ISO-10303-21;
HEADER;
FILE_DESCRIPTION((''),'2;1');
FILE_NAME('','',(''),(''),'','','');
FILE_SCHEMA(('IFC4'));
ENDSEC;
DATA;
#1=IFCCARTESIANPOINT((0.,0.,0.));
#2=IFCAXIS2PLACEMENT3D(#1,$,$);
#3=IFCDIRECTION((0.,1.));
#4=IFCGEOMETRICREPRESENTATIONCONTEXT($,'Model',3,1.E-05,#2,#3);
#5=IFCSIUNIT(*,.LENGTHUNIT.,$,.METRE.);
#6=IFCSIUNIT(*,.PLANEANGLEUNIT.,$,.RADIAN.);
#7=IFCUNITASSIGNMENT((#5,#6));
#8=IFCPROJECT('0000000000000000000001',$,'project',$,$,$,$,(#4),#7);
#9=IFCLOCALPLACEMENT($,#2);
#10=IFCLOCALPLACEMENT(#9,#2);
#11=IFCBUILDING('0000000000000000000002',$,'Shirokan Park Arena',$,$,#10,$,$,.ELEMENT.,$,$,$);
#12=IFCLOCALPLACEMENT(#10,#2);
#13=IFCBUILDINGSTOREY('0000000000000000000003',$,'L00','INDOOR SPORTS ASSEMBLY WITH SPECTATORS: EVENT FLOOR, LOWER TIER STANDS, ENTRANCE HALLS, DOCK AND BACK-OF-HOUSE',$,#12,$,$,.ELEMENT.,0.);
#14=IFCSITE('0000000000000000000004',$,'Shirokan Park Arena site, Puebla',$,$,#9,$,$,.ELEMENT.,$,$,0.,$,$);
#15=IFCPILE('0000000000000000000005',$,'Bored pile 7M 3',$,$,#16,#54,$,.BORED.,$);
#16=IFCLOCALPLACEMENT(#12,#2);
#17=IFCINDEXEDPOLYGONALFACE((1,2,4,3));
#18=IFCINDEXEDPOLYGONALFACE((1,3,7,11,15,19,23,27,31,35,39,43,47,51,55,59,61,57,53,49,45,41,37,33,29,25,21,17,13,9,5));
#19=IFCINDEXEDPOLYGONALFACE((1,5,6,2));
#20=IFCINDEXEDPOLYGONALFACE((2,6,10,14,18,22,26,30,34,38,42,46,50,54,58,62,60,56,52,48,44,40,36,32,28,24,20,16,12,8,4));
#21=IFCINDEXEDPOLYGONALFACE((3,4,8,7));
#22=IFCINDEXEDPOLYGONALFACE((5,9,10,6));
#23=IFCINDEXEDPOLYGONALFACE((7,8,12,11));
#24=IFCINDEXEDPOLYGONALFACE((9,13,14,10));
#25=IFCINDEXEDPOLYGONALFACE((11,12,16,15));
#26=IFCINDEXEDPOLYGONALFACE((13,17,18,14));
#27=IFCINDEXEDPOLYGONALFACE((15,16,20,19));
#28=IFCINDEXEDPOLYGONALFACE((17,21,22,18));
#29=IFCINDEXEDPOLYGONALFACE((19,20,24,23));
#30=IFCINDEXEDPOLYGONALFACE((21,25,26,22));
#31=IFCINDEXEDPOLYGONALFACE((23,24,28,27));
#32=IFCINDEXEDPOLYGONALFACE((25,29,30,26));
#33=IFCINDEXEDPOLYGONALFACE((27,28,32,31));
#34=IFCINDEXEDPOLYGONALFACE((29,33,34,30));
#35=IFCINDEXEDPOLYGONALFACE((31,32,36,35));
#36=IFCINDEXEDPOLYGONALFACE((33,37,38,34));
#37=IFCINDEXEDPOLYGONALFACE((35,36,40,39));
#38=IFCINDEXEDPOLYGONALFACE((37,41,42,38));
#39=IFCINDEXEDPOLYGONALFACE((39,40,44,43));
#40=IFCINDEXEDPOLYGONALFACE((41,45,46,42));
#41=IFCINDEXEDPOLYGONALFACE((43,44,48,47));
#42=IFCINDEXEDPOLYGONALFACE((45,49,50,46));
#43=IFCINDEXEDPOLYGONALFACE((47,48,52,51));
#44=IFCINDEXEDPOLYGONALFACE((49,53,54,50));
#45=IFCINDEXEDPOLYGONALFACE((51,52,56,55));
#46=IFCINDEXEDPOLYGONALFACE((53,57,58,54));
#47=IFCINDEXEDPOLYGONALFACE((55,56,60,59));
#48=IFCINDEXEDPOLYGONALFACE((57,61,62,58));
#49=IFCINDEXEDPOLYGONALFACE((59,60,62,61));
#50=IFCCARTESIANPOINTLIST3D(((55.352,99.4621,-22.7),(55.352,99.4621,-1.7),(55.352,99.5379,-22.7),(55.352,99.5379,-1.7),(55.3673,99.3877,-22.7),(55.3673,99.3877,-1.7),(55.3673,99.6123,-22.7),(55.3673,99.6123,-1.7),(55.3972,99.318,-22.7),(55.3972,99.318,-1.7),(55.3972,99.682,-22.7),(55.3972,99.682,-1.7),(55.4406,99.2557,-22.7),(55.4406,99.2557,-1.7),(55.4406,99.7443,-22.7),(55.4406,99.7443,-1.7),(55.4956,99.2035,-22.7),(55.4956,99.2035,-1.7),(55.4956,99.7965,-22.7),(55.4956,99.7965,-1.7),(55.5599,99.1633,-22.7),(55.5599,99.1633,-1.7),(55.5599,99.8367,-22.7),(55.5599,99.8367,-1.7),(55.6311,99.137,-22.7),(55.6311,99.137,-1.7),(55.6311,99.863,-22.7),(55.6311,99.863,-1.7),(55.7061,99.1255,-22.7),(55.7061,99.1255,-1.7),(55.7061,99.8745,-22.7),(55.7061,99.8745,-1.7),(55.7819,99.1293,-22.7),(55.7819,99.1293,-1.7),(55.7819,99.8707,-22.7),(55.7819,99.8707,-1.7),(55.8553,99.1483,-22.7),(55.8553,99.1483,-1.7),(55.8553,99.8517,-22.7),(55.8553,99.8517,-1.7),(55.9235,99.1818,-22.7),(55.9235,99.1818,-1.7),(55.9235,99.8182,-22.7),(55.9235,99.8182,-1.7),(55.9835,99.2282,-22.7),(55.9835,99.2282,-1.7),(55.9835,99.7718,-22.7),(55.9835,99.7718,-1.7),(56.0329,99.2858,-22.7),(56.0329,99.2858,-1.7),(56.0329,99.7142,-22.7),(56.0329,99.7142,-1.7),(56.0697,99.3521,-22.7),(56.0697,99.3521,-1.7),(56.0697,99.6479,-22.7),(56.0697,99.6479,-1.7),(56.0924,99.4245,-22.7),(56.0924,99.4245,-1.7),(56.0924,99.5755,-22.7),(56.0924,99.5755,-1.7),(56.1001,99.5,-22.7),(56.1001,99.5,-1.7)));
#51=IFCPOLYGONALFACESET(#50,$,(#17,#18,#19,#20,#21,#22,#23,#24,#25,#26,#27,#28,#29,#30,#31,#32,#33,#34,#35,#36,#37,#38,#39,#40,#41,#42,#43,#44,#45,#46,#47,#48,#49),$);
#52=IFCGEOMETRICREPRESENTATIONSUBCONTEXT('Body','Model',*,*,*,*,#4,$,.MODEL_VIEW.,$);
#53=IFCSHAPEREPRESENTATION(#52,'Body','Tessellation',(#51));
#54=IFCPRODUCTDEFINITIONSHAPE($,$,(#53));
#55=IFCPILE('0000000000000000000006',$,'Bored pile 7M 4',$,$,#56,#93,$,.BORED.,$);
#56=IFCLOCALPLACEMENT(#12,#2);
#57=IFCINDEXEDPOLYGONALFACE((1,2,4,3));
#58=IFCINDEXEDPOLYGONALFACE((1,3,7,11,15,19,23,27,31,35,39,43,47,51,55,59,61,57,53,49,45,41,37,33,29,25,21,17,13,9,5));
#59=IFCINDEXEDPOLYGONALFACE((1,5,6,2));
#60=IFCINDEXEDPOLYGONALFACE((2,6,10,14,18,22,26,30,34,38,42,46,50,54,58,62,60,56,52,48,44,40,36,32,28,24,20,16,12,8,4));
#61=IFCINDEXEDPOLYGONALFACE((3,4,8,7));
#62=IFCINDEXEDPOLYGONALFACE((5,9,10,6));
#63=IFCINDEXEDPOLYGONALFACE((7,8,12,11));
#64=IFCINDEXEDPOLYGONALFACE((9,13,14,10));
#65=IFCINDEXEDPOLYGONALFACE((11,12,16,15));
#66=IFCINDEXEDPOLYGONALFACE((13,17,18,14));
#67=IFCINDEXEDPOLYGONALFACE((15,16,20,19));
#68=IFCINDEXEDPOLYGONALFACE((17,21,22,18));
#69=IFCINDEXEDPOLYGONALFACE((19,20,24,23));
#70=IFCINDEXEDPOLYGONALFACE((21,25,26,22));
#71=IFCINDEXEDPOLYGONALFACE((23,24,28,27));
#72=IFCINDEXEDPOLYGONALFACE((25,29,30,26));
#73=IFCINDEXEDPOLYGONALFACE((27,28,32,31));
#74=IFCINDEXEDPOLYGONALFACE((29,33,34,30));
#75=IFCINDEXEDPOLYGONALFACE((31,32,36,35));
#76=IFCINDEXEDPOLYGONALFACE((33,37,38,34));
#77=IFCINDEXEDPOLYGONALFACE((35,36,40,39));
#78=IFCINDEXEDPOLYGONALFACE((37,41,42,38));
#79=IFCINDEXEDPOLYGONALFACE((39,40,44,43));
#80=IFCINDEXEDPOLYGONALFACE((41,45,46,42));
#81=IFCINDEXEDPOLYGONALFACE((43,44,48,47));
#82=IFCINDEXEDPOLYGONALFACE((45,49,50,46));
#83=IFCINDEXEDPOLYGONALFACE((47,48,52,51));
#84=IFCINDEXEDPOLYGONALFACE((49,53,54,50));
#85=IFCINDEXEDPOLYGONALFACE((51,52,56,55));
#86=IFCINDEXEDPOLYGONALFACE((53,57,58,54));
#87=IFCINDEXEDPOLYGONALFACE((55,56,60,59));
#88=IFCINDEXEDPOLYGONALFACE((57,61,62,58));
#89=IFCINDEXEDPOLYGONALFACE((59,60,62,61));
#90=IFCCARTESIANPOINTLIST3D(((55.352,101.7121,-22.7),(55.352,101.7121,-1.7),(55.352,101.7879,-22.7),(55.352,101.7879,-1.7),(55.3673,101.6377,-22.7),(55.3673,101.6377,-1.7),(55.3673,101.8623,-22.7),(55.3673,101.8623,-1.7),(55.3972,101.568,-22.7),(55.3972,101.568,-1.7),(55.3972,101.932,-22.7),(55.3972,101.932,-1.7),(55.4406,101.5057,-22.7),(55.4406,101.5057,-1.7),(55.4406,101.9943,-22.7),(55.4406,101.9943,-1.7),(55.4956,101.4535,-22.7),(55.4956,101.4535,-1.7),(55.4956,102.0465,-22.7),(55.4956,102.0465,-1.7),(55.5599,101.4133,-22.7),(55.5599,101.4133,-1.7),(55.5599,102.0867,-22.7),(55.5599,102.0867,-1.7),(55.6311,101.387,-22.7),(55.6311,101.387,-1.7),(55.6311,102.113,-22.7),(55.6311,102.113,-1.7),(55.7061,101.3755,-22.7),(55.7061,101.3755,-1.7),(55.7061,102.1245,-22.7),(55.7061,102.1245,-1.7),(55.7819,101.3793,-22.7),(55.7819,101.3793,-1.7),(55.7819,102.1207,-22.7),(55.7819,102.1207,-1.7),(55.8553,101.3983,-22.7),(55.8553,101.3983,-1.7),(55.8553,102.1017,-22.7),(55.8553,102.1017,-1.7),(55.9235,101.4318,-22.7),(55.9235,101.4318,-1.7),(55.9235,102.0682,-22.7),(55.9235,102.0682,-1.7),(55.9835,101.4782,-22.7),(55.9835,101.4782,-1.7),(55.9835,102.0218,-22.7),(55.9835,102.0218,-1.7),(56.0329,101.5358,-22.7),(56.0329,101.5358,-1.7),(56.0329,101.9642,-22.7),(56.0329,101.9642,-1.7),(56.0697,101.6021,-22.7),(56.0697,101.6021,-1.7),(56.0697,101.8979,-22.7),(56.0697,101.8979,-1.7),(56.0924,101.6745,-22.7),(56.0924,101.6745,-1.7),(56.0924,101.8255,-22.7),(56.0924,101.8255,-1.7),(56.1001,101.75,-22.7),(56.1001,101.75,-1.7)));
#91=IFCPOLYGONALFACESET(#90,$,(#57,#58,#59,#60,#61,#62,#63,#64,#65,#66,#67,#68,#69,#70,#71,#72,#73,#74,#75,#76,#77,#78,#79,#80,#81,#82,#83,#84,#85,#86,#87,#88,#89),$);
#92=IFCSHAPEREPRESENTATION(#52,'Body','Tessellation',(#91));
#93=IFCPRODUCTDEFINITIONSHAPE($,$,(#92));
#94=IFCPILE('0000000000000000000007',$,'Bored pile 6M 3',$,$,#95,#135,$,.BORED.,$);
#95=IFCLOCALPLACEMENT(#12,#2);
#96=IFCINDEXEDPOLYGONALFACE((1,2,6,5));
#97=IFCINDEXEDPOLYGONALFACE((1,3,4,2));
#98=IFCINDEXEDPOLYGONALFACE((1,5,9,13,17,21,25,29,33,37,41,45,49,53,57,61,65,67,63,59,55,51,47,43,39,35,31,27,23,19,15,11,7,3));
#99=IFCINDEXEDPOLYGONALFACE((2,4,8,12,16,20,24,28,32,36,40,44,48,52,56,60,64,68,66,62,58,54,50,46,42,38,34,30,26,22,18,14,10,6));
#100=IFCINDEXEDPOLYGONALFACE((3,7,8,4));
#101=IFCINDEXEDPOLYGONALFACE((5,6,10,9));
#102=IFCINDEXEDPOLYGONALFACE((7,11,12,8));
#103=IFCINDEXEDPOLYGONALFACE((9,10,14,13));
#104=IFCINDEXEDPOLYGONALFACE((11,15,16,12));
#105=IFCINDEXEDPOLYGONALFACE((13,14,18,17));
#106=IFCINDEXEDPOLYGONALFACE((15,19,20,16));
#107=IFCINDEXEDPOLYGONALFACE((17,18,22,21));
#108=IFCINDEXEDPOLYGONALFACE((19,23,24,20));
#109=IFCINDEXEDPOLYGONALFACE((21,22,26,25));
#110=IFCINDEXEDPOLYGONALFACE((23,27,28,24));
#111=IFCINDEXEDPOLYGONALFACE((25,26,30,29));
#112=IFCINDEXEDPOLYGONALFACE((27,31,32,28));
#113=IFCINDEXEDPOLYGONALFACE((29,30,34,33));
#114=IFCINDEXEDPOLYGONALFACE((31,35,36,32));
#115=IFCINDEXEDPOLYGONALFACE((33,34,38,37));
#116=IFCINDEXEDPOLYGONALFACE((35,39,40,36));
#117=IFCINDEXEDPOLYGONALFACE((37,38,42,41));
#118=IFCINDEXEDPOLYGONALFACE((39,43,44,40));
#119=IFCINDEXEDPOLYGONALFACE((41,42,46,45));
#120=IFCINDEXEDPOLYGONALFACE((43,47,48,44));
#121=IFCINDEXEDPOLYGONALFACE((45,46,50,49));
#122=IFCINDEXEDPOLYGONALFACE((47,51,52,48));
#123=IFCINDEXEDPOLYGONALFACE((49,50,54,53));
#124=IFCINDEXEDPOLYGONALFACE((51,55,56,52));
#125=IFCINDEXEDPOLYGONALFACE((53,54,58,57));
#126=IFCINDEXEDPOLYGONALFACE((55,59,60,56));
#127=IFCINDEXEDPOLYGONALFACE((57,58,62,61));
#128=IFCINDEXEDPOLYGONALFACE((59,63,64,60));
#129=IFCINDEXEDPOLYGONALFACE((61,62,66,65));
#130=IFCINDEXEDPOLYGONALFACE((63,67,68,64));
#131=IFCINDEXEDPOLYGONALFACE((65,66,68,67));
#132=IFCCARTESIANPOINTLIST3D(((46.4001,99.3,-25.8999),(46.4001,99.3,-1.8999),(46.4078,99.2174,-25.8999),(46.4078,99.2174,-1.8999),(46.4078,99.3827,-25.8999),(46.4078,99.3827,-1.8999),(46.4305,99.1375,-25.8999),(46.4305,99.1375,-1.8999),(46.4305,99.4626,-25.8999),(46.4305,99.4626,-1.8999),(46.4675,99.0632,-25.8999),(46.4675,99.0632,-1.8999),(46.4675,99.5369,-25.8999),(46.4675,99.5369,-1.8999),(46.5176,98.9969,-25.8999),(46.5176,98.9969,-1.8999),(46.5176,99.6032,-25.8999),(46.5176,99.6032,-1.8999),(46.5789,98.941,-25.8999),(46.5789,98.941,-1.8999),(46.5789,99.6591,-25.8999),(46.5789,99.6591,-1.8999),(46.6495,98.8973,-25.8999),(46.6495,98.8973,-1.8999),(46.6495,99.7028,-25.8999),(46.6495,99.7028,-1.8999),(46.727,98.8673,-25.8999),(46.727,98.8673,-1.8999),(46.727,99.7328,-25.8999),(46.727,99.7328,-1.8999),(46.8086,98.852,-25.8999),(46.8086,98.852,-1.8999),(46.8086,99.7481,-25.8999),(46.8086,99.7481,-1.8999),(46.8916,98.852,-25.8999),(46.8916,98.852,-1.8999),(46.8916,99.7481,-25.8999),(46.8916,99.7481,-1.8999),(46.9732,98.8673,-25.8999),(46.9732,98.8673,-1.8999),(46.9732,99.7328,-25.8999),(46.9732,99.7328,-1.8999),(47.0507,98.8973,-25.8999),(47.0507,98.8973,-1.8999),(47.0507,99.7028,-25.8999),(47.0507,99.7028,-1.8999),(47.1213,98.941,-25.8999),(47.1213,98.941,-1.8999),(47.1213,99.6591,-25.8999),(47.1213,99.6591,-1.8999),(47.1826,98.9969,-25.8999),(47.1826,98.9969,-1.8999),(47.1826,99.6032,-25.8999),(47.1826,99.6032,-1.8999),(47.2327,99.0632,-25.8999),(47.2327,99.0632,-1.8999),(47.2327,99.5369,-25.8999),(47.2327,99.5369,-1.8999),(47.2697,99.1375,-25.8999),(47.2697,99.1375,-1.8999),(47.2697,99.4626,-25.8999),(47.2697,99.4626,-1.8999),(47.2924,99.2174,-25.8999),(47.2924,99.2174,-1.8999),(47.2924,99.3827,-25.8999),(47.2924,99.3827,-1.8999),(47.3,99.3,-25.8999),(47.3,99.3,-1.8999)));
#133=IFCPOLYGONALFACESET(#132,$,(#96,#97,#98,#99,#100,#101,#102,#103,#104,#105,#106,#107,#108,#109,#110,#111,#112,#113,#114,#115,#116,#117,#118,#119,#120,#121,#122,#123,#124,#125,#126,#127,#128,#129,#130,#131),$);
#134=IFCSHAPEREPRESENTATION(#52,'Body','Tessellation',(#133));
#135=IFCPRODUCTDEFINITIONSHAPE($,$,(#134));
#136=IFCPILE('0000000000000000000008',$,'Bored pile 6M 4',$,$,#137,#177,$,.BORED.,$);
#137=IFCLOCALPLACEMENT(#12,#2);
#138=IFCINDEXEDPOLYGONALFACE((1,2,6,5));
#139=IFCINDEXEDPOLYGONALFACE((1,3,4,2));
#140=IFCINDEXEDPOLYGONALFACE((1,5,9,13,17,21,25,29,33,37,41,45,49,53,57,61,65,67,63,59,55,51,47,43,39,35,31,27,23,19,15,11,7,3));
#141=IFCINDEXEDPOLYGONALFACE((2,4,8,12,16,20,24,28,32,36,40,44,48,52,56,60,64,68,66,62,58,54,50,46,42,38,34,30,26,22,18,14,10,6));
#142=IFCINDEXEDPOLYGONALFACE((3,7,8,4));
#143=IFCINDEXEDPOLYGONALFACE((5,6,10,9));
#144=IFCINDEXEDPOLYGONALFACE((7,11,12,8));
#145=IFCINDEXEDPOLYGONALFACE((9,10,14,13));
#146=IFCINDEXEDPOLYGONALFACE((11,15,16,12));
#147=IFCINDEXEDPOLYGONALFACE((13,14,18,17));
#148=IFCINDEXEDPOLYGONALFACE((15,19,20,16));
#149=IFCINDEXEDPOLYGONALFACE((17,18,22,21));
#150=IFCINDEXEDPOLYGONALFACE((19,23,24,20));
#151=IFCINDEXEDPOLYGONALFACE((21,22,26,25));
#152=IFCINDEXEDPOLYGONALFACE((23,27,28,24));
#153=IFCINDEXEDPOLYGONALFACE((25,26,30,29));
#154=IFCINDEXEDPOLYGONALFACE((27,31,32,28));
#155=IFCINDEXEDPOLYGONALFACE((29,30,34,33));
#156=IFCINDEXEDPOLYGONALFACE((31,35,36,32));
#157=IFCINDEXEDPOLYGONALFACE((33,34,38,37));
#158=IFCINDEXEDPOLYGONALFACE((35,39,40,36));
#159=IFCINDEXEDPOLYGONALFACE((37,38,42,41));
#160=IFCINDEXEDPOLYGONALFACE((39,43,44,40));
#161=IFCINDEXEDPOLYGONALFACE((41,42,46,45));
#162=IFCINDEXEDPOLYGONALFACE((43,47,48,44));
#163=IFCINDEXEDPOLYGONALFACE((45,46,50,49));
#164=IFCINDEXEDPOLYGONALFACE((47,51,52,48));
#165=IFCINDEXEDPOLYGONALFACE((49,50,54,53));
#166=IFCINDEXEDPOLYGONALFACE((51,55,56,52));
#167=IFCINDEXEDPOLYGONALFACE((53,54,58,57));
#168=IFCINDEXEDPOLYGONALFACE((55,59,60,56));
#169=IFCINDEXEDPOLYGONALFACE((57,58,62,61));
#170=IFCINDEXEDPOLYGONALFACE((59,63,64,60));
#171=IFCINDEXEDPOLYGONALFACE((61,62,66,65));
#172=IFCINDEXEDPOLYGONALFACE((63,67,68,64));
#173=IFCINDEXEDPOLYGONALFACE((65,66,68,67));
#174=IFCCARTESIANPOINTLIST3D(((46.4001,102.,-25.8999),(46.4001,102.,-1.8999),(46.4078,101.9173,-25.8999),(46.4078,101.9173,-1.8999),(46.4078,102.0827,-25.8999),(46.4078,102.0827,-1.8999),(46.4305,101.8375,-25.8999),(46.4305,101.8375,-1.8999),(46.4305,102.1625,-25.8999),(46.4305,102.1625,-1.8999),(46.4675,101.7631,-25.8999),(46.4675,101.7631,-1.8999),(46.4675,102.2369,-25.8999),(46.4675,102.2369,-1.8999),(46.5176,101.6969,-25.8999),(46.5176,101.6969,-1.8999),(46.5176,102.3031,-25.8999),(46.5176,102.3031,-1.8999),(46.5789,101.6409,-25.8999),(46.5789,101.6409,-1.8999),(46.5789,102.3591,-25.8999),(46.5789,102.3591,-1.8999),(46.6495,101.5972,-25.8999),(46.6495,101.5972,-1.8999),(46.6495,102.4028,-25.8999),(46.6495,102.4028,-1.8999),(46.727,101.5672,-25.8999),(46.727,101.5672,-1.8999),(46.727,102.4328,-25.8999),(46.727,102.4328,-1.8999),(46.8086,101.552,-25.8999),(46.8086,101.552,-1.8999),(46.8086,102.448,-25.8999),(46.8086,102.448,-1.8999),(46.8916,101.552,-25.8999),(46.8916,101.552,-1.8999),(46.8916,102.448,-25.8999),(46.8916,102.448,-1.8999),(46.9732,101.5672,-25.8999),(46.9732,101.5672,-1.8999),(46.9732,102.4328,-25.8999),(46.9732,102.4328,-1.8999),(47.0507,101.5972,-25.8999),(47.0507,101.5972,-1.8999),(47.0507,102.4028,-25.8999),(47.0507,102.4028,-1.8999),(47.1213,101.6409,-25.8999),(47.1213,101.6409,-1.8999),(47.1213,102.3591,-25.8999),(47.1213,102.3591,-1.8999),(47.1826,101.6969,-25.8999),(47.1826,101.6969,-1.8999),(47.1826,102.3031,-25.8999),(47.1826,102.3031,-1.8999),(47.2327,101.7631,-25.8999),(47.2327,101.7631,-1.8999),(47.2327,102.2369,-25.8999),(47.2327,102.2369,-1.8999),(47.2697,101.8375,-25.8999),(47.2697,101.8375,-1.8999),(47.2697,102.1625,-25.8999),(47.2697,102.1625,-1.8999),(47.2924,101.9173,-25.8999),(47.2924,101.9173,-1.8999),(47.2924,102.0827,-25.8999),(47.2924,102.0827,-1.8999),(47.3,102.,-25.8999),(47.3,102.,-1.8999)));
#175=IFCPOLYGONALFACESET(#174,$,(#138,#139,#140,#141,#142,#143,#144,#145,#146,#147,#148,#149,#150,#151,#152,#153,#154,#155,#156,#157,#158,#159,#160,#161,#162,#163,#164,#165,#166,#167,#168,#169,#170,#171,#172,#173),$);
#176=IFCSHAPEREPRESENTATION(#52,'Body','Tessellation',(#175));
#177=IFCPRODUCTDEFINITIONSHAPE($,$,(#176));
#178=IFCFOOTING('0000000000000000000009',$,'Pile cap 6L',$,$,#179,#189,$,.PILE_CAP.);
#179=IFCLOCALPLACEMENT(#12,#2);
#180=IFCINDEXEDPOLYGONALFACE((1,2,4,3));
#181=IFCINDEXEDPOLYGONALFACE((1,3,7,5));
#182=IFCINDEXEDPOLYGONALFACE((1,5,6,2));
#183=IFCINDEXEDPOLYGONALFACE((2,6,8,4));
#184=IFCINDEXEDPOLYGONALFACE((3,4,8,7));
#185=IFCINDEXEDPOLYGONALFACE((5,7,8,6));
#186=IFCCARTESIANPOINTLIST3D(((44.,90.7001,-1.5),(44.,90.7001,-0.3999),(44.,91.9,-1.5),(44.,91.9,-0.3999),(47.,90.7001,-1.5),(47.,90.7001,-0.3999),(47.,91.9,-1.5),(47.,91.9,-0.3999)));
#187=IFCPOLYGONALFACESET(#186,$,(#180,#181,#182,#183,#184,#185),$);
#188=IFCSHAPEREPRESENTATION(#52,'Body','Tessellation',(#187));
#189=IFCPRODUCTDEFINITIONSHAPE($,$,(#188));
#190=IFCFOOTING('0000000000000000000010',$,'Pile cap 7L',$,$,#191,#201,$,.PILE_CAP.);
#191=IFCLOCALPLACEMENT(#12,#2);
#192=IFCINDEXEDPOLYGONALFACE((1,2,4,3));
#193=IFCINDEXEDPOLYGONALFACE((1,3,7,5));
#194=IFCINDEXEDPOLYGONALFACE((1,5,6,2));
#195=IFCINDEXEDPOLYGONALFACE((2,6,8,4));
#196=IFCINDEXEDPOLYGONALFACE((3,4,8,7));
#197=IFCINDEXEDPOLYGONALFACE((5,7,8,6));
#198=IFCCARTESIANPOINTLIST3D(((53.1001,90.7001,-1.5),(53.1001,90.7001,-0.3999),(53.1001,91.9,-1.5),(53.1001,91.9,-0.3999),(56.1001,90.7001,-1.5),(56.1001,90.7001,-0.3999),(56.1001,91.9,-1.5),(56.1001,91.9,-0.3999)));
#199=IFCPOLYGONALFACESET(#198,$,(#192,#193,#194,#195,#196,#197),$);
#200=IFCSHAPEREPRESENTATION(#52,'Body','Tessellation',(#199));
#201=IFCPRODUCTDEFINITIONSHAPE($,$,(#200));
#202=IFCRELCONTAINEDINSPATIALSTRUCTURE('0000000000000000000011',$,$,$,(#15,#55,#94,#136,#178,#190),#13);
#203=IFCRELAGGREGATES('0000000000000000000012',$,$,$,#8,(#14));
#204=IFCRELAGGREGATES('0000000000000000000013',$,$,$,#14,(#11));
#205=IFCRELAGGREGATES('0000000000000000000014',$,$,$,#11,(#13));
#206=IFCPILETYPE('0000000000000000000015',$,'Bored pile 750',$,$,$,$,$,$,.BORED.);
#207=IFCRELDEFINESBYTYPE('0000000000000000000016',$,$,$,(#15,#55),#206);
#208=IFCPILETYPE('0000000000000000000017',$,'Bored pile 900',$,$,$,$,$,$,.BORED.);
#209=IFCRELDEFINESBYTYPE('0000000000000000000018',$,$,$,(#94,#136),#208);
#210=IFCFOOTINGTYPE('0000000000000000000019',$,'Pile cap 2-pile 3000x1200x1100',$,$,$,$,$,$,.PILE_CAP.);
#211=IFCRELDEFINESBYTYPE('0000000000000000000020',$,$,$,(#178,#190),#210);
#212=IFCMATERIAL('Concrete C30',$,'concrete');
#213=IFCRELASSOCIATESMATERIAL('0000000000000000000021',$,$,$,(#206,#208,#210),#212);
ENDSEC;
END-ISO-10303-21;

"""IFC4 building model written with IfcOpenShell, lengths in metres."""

from ifc_helpers import new_model, si_unit, direction, frame, origin, origin_2d, place, context, subcontext, project, spatial, rectangle, circle, extrude, material, material_profile, profile_set, type_object, element, save


model = new_model("IFC4")

# Units and contexts
model_context = context("Model", 3, precision=1e-05, world=origin(), true_north=direction((0.0, 1.0)))
body_context = subcontext(model_context, "Body", "Model", "MODEL_VIEW")
ifc_project = project(units=[si_unit("LENGTHUNIT", "METRE"), si_unit("PLANEANGLEUNIT", "RADIAN")], contexts=[model_context])

# Site, building, storey
site_placement = place(None, origin())
site = spatial("IfcSite", under=ifc_project, at=site_placement, Name="Shirokan Park Arena site, Puebla", CompositionType="ELEMENT", RefElevation=0.0)
building_placement = place(site_placement, origin())
building = spatial("IfcBuilding", under=site, at=building_placement, Name="Shirokan Park Arena", CompositionType="ELEMENT")
storey_placement = place(building_placement, origin())
storey = spatial("IfcBuildingStorey", under=building, at=storey_placement, Name="L00", Description="INDOOR SPORTS ASSEMBLY WITH SPECTATORS: EVENT FLOOR, LOWER TIER STANDS, ENTRANCE HALLS, DOCK AND BACK-OF-HOUSE", CompositionType="ELEMENT", Elevation=0.0)

# Piles
ifc_material_1 = material(Name="Concrete C30", Category="concrete")
ifc_material_profile_1 = material_profile(ifc_material_1, circle(Radius=0.375, at=origin_2d()), Name="D750")
ifc_profile_set_1 = profile_set([ifc_material_profile_1], Name="Concrete C30")
pile_type_1 = type_object("IfcPileType", Name="Bored pile 750", PredefinedType="BORED", material=ifc_profile_set_1)
for number, where, z_axis, x_axis, name in (
    (1, (55.7251, 99.5, -1.7), (0.0, 0.0, -1.0), (1.0, 0.0, 0.0), "Bored pile 7M 3"),
    (2, (55.7251, 101.75, -1.7), (0.0, 0.0, -1.0), (1.0, 0.0, 0.0), "Bored pile 7M 4"),
):
    element("IfcPile", number, at=place(storey_placement, frame(where, z_axis=z_axis, x_axis=x_axis)), inside=storey, type_object=pile_type_1, Name=name, PredefinedType="BORED", context=body_context, shape_type="SweptSolid", body=[
        extrude(circle(Radius=0.375, at=origin_2d()), origin(), (0.0, 0.0, 1.0), 21.0),
    ])
ifc_material_profile_2 = material_profile(ifc_material_1, circle(Radius=0.45, at=origin_2d()), Name="D900")
ifc_profile_set_2 = profile_set([ifc_material_profile_2], Name="Concrete C30")
pile_type_2 = type_object("IfcPileType", Name="Bored pile 900", PredefinedType="BORED", material=ifc_profile_set_2)
for number, where, z_axis, x_axis, name in (
    (3, (46.8501, 99.3, -1.8999), (0.0, 0.0, -1.0), (1.0, 0.0, 0.0), "Bored pile 6M 3"),
    (4, (46.8501, 102.0, -1.8999), (0.0, 0.0, -1.0), (1.0, 0.0, 0.0), "Bored pile 6M 4"),
):
    element("IfcPile", number, at=place(storey_placement, frame(where, z_axis=z_axis, x_axis=x_axis)), inside=storey, type_object=pile_type_2, Name=name, PredefinedType="BORED", context=body_context, shape_type="SweptSolid", body=[
        extrude(circle(Radius=0.45, at=origin_2d()), origin(), (0.0, 0.0, 1.0), 24.0),
    ])

# Footings
footing_type_1 = type_object("IfcFootingType", Name="Pile cap 2-pile 3000x1200x1100", PredefinedType="PILE_CAP", material=ifc_material_1)
for number, where, z_axis, x_axis, name in (
    (5, (45.5, 91.3, -1.5), (0.0, 0.0, 1.0), (1.0, 0.0, 0.0), "Pile cap 6L"),
    (6, (54.6001, 91.3, -1.5), (0.0, 0.0, 1.0), (1.0, 0.0, 0.0), "Pile cap 7L"),
):
    element("IfcFooting", number, at=place(storey_placement, frame(where, z_axis=z_axis, x_axis=x_axis)), inside=storey, type_object=footing_type_1, Name=name, PredefinedType="PILE_CAP", context=body_context, shape_type="SweptSolid", body=[
        extrude(rectangle(XDim=3.0, YDim=1.2, at=origin_2d()), origin(), (0.0, 0.0, 1.0), 1.1001),
    ])

save(model, "model.ifc")
